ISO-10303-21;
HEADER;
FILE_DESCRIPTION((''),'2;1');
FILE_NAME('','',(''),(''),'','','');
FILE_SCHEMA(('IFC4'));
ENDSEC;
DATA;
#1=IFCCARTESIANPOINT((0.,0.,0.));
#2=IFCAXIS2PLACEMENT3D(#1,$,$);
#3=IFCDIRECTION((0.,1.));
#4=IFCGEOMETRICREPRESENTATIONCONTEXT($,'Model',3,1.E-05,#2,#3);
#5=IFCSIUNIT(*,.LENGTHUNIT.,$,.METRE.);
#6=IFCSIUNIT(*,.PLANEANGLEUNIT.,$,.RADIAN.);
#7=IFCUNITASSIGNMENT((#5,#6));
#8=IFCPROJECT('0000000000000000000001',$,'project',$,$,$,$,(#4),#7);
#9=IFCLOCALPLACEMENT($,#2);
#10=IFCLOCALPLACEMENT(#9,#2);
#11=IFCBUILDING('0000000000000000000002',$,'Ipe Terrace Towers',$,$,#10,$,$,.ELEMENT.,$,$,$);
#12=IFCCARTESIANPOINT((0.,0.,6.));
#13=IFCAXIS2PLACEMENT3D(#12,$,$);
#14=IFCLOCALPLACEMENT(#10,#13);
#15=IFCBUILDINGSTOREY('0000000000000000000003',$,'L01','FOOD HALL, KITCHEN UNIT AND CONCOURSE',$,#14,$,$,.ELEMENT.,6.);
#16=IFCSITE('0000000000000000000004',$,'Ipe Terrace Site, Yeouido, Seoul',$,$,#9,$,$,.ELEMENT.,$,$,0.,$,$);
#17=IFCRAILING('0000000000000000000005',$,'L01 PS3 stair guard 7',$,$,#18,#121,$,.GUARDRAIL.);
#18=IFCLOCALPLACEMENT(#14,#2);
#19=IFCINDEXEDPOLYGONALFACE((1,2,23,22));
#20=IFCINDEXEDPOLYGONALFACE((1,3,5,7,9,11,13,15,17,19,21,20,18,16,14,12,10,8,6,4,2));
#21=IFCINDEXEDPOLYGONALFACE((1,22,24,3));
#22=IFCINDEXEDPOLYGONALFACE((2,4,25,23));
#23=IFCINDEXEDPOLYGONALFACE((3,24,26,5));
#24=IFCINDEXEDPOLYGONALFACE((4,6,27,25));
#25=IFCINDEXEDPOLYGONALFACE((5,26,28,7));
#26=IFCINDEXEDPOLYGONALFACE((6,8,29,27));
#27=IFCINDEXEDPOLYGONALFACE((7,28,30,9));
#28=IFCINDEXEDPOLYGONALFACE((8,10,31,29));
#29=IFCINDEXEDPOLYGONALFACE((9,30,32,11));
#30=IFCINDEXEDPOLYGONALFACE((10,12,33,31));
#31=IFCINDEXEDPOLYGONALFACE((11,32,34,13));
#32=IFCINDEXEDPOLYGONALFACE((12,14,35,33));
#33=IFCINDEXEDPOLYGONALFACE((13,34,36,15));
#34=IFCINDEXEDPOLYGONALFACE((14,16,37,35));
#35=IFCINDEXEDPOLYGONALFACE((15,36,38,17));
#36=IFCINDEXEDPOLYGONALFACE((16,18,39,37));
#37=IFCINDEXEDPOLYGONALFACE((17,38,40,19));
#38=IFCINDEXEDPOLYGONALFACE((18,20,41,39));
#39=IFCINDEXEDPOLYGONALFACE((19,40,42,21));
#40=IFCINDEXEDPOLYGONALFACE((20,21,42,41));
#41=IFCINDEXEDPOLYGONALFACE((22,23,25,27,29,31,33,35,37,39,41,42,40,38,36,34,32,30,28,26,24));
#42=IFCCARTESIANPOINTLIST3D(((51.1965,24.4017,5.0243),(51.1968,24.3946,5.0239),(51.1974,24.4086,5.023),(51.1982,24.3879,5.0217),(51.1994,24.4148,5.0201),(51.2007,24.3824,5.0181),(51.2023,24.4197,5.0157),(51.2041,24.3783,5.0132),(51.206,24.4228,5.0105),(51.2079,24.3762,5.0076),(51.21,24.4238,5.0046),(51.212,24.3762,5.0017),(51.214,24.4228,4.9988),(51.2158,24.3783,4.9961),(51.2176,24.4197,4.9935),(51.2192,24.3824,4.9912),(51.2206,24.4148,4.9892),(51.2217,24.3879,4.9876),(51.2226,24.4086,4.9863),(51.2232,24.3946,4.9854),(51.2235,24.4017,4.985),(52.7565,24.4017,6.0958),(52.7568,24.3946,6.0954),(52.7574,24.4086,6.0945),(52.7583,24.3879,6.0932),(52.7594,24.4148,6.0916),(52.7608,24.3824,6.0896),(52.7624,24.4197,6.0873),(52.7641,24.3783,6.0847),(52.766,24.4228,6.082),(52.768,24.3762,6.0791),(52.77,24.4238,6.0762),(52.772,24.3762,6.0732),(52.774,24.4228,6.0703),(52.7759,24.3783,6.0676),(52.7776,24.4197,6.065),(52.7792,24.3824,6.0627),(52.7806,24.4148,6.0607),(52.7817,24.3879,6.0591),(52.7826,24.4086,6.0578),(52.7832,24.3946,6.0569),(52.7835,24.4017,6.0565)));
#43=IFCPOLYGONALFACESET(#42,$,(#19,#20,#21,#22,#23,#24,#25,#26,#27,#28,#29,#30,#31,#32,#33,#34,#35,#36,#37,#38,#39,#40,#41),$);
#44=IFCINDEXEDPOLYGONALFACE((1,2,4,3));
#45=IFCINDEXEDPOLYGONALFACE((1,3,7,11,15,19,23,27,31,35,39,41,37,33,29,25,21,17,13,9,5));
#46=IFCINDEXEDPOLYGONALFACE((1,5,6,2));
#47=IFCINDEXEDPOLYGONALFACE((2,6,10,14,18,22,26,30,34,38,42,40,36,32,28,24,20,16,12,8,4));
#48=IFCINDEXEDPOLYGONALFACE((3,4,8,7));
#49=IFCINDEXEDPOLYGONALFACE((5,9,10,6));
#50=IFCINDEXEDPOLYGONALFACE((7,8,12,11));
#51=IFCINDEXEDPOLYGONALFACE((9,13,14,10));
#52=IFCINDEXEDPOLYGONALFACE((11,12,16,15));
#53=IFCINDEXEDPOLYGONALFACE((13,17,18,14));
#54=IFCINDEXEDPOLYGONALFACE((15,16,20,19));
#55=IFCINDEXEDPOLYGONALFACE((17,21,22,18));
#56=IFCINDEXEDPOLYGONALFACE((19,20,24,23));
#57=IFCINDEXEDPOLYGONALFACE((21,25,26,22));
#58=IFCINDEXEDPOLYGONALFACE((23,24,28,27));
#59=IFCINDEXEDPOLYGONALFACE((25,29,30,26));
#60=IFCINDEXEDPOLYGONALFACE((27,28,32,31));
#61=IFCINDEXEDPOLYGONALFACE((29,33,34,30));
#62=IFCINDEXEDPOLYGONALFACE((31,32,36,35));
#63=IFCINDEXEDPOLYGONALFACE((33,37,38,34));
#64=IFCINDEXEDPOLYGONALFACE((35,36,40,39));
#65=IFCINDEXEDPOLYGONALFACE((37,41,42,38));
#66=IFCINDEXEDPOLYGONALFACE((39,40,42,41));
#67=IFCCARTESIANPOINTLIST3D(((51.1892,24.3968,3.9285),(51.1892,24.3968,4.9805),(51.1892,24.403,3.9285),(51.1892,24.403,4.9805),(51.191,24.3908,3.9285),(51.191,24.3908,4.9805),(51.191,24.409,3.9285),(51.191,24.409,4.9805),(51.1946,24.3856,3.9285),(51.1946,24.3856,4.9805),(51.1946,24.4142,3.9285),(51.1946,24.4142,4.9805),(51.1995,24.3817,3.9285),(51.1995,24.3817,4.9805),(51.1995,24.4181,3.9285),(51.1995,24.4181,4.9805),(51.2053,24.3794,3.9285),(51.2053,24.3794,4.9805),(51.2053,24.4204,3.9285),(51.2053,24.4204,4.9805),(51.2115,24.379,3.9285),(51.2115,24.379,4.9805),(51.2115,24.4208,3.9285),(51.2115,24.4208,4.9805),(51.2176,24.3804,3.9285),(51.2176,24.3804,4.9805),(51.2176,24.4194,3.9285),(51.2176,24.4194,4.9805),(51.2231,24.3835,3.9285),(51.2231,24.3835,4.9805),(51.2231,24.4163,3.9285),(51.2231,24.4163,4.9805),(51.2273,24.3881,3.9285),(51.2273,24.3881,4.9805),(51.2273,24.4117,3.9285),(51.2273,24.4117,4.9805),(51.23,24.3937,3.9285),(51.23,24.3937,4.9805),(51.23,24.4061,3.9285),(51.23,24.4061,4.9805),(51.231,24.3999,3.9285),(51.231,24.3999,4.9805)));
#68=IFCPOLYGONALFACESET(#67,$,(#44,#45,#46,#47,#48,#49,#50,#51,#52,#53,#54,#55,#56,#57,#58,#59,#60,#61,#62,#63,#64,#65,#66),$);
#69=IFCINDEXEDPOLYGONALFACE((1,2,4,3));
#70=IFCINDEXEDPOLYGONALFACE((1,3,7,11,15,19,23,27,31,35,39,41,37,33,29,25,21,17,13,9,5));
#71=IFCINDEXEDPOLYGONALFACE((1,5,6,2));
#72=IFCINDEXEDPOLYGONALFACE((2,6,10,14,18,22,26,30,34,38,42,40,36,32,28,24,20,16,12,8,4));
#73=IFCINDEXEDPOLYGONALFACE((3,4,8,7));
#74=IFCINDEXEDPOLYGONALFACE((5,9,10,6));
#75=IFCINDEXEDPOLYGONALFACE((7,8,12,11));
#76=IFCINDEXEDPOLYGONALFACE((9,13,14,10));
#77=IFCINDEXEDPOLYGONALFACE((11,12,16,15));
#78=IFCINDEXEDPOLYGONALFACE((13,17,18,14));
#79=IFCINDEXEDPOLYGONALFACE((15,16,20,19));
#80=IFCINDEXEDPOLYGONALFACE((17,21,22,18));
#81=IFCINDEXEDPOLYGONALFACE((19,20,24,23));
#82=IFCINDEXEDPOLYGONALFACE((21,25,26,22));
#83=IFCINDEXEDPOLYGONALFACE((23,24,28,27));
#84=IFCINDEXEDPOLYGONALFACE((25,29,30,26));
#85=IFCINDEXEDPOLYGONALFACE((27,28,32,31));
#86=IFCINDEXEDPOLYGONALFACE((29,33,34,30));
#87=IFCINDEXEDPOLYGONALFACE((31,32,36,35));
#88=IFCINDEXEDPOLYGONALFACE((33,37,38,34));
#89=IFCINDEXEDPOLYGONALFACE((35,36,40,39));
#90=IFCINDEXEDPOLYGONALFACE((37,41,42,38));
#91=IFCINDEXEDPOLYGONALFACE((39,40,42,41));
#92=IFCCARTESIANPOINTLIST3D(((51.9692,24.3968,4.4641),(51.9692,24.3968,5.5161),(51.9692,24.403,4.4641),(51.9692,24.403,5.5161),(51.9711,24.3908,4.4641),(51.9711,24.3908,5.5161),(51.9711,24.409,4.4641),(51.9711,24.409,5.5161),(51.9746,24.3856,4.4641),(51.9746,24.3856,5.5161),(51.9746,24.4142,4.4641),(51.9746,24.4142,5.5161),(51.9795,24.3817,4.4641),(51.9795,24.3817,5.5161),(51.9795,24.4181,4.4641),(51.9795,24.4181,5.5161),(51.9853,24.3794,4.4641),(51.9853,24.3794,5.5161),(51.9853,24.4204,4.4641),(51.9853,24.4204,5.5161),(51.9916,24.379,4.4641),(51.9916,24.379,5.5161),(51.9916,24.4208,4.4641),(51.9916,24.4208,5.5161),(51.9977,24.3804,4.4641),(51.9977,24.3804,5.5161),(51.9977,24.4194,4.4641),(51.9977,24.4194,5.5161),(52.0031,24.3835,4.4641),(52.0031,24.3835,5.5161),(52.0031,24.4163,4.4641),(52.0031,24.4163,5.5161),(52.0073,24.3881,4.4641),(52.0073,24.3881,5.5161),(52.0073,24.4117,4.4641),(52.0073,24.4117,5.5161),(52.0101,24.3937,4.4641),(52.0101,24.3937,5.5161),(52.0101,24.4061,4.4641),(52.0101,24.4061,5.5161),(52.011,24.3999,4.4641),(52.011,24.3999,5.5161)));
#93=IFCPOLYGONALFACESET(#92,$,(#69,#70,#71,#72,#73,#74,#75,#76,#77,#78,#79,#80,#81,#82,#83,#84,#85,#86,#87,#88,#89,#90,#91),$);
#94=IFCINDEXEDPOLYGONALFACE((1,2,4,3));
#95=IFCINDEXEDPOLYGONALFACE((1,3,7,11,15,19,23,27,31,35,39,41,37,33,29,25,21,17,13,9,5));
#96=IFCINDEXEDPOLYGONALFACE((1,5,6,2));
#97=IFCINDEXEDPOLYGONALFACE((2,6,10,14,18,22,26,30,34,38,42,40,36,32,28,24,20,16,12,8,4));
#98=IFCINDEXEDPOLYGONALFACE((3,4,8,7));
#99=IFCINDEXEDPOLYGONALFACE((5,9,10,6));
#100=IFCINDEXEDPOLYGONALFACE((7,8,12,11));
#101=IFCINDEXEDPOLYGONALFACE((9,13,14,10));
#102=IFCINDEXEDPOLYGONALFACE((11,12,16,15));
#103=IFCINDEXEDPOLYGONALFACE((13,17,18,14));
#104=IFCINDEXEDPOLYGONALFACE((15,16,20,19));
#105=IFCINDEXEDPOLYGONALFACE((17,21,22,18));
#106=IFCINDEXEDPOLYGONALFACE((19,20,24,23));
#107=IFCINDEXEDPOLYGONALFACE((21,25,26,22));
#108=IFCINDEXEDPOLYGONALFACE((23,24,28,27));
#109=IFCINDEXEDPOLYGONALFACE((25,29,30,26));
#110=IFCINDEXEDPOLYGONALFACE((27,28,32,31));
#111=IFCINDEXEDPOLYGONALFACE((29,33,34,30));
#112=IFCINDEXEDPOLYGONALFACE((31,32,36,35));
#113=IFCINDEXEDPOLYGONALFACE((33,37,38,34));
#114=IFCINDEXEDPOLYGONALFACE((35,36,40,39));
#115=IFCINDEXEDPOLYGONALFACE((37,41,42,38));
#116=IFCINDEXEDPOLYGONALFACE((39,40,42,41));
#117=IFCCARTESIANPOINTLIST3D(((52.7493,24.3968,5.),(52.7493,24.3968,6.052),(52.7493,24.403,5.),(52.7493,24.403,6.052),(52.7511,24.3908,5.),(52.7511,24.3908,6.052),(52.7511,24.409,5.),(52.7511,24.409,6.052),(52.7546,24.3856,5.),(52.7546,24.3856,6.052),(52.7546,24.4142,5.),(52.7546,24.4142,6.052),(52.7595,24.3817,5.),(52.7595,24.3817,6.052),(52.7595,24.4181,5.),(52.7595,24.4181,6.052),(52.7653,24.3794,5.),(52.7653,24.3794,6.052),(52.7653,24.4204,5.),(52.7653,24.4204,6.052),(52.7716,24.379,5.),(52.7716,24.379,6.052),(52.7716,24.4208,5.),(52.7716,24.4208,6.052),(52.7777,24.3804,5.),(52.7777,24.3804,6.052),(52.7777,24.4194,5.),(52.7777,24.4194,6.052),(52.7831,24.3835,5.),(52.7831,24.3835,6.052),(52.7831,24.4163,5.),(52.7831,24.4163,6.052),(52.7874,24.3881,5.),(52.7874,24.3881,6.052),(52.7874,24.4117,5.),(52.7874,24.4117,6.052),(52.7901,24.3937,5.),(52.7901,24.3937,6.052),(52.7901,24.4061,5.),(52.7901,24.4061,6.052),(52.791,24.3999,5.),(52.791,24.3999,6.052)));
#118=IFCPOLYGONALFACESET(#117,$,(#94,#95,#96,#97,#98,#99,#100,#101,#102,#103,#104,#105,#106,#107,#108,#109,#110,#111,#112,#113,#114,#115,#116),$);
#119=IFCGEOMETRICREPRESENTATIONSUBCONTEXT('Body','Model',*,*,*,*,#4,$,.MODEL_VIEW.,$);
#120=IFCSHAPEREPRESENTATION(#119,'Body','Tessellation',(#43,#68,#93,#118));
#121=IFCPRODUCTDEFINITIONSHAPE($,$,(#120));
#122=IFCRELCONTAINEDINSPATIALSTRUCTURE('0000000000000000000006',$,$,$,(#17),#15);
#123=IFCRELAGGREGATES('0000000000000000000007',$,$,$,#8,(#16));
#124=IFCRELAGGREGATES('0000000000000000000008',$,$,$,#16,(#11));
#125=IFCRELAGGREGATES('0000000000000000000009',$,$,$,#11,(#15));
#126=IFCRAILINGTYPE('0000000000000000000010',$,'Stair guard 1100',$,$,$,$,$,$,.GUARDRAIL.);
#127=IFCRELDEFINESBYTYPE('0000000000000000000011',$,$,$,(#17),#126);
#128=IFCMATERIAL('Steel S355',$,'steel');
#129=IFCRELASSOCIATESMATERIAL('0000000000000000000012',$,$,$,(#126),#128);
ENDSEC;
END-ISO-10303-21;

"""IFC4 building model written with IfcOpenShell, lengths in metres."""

from ifc_helpers import new_model, si_unit, direction, frame, origin, origin_2d, place, context, subcontext, project, spatial, circle, extrude, material, type_object, element, save


model = new_model("IFC4")

# Units and contexts
model_context = context("Model", 3, precision=1e-05, world=origin(), true_north=direction((0.0, 1.0)))
body_context = subcontext(model_context, "Body", "Model", "MODEL_VIEW")
ifc_project = project(units=[si_unit("LENGTHUNIT", "METRE"), si_unit("PLANEANGLEUNIT", "RADIAN")], contexts=[model_context])

# Site, building, storey
site_placement = place(None, origin())
site = spatial("IfcSite", under=ifc_project, at=site_placement, Name="Ipe Terrace Site, Yeouido, Seoul", CompositionType="ELEMENT", RefElevation=0.0)
building_placement = place(site_placement, origin())
building = spatial("IfcBuilding", under=site, at=building_placement, Name="Ipe Terrace Towers", CompositionType="ELEMENT")
storey_placement = place(building_placement, frame((0.0, 0.0, 6.0)))
storey = spatial("IfcBuildingStorey", under=building, at=storey_placement, Name="L01", Description="FOOD HALL, KITCHEN UNIT AND CONCOURSE", CompositionType="ELEMENT", Elevation=6.0)

# Railing
ifc_material_1 = material(Name="Steel S355", Category="steel")
railing_type_1 = type_object("IfcRailingType", Name="Stair guard 1100", PredefinedType="GUARDRAIL", material=ifc_material_1)
railing_1_placement = place(storey_placement, frame((51.21, 24.3999, 3.9285)))
element("IfcRailing", 1, at=railing_1_placement, inside=storey, type_object=railing_type_1, Name="L01 PS3 stair guard 7", PredefinedType="GUARDRAIL", context=body_context, shape_type="SweptSolid", body=[
    extrude(circle(Radius=0.0239, at=origin_2d()), frame((0.0, 0.0, 1.0762), z_axis=(0.82429, 0.0, 0.566167), x_axis=(0.0, 1.0, 0.0)), (0.0, 0.0, 1.0), 1.8926),
    extrude(circle(Radius=0.021, at=origin_2d()), origin(), (0.0, 0.0, 1.0), 1.052),
    extrude(circle(Radius=0.021, at=origin_2d()), frame((0.78, 0.0, 0.5356)), (0.0, 0.0, 1.0), 1.052),
    extrude(circle(Radius=0.021, at=origin_2d()), frame((1.5601, 0.0, 1.0715)), (0.0, 0.0, 1.0), 1.052),
])

save(model, "model.ifc")
